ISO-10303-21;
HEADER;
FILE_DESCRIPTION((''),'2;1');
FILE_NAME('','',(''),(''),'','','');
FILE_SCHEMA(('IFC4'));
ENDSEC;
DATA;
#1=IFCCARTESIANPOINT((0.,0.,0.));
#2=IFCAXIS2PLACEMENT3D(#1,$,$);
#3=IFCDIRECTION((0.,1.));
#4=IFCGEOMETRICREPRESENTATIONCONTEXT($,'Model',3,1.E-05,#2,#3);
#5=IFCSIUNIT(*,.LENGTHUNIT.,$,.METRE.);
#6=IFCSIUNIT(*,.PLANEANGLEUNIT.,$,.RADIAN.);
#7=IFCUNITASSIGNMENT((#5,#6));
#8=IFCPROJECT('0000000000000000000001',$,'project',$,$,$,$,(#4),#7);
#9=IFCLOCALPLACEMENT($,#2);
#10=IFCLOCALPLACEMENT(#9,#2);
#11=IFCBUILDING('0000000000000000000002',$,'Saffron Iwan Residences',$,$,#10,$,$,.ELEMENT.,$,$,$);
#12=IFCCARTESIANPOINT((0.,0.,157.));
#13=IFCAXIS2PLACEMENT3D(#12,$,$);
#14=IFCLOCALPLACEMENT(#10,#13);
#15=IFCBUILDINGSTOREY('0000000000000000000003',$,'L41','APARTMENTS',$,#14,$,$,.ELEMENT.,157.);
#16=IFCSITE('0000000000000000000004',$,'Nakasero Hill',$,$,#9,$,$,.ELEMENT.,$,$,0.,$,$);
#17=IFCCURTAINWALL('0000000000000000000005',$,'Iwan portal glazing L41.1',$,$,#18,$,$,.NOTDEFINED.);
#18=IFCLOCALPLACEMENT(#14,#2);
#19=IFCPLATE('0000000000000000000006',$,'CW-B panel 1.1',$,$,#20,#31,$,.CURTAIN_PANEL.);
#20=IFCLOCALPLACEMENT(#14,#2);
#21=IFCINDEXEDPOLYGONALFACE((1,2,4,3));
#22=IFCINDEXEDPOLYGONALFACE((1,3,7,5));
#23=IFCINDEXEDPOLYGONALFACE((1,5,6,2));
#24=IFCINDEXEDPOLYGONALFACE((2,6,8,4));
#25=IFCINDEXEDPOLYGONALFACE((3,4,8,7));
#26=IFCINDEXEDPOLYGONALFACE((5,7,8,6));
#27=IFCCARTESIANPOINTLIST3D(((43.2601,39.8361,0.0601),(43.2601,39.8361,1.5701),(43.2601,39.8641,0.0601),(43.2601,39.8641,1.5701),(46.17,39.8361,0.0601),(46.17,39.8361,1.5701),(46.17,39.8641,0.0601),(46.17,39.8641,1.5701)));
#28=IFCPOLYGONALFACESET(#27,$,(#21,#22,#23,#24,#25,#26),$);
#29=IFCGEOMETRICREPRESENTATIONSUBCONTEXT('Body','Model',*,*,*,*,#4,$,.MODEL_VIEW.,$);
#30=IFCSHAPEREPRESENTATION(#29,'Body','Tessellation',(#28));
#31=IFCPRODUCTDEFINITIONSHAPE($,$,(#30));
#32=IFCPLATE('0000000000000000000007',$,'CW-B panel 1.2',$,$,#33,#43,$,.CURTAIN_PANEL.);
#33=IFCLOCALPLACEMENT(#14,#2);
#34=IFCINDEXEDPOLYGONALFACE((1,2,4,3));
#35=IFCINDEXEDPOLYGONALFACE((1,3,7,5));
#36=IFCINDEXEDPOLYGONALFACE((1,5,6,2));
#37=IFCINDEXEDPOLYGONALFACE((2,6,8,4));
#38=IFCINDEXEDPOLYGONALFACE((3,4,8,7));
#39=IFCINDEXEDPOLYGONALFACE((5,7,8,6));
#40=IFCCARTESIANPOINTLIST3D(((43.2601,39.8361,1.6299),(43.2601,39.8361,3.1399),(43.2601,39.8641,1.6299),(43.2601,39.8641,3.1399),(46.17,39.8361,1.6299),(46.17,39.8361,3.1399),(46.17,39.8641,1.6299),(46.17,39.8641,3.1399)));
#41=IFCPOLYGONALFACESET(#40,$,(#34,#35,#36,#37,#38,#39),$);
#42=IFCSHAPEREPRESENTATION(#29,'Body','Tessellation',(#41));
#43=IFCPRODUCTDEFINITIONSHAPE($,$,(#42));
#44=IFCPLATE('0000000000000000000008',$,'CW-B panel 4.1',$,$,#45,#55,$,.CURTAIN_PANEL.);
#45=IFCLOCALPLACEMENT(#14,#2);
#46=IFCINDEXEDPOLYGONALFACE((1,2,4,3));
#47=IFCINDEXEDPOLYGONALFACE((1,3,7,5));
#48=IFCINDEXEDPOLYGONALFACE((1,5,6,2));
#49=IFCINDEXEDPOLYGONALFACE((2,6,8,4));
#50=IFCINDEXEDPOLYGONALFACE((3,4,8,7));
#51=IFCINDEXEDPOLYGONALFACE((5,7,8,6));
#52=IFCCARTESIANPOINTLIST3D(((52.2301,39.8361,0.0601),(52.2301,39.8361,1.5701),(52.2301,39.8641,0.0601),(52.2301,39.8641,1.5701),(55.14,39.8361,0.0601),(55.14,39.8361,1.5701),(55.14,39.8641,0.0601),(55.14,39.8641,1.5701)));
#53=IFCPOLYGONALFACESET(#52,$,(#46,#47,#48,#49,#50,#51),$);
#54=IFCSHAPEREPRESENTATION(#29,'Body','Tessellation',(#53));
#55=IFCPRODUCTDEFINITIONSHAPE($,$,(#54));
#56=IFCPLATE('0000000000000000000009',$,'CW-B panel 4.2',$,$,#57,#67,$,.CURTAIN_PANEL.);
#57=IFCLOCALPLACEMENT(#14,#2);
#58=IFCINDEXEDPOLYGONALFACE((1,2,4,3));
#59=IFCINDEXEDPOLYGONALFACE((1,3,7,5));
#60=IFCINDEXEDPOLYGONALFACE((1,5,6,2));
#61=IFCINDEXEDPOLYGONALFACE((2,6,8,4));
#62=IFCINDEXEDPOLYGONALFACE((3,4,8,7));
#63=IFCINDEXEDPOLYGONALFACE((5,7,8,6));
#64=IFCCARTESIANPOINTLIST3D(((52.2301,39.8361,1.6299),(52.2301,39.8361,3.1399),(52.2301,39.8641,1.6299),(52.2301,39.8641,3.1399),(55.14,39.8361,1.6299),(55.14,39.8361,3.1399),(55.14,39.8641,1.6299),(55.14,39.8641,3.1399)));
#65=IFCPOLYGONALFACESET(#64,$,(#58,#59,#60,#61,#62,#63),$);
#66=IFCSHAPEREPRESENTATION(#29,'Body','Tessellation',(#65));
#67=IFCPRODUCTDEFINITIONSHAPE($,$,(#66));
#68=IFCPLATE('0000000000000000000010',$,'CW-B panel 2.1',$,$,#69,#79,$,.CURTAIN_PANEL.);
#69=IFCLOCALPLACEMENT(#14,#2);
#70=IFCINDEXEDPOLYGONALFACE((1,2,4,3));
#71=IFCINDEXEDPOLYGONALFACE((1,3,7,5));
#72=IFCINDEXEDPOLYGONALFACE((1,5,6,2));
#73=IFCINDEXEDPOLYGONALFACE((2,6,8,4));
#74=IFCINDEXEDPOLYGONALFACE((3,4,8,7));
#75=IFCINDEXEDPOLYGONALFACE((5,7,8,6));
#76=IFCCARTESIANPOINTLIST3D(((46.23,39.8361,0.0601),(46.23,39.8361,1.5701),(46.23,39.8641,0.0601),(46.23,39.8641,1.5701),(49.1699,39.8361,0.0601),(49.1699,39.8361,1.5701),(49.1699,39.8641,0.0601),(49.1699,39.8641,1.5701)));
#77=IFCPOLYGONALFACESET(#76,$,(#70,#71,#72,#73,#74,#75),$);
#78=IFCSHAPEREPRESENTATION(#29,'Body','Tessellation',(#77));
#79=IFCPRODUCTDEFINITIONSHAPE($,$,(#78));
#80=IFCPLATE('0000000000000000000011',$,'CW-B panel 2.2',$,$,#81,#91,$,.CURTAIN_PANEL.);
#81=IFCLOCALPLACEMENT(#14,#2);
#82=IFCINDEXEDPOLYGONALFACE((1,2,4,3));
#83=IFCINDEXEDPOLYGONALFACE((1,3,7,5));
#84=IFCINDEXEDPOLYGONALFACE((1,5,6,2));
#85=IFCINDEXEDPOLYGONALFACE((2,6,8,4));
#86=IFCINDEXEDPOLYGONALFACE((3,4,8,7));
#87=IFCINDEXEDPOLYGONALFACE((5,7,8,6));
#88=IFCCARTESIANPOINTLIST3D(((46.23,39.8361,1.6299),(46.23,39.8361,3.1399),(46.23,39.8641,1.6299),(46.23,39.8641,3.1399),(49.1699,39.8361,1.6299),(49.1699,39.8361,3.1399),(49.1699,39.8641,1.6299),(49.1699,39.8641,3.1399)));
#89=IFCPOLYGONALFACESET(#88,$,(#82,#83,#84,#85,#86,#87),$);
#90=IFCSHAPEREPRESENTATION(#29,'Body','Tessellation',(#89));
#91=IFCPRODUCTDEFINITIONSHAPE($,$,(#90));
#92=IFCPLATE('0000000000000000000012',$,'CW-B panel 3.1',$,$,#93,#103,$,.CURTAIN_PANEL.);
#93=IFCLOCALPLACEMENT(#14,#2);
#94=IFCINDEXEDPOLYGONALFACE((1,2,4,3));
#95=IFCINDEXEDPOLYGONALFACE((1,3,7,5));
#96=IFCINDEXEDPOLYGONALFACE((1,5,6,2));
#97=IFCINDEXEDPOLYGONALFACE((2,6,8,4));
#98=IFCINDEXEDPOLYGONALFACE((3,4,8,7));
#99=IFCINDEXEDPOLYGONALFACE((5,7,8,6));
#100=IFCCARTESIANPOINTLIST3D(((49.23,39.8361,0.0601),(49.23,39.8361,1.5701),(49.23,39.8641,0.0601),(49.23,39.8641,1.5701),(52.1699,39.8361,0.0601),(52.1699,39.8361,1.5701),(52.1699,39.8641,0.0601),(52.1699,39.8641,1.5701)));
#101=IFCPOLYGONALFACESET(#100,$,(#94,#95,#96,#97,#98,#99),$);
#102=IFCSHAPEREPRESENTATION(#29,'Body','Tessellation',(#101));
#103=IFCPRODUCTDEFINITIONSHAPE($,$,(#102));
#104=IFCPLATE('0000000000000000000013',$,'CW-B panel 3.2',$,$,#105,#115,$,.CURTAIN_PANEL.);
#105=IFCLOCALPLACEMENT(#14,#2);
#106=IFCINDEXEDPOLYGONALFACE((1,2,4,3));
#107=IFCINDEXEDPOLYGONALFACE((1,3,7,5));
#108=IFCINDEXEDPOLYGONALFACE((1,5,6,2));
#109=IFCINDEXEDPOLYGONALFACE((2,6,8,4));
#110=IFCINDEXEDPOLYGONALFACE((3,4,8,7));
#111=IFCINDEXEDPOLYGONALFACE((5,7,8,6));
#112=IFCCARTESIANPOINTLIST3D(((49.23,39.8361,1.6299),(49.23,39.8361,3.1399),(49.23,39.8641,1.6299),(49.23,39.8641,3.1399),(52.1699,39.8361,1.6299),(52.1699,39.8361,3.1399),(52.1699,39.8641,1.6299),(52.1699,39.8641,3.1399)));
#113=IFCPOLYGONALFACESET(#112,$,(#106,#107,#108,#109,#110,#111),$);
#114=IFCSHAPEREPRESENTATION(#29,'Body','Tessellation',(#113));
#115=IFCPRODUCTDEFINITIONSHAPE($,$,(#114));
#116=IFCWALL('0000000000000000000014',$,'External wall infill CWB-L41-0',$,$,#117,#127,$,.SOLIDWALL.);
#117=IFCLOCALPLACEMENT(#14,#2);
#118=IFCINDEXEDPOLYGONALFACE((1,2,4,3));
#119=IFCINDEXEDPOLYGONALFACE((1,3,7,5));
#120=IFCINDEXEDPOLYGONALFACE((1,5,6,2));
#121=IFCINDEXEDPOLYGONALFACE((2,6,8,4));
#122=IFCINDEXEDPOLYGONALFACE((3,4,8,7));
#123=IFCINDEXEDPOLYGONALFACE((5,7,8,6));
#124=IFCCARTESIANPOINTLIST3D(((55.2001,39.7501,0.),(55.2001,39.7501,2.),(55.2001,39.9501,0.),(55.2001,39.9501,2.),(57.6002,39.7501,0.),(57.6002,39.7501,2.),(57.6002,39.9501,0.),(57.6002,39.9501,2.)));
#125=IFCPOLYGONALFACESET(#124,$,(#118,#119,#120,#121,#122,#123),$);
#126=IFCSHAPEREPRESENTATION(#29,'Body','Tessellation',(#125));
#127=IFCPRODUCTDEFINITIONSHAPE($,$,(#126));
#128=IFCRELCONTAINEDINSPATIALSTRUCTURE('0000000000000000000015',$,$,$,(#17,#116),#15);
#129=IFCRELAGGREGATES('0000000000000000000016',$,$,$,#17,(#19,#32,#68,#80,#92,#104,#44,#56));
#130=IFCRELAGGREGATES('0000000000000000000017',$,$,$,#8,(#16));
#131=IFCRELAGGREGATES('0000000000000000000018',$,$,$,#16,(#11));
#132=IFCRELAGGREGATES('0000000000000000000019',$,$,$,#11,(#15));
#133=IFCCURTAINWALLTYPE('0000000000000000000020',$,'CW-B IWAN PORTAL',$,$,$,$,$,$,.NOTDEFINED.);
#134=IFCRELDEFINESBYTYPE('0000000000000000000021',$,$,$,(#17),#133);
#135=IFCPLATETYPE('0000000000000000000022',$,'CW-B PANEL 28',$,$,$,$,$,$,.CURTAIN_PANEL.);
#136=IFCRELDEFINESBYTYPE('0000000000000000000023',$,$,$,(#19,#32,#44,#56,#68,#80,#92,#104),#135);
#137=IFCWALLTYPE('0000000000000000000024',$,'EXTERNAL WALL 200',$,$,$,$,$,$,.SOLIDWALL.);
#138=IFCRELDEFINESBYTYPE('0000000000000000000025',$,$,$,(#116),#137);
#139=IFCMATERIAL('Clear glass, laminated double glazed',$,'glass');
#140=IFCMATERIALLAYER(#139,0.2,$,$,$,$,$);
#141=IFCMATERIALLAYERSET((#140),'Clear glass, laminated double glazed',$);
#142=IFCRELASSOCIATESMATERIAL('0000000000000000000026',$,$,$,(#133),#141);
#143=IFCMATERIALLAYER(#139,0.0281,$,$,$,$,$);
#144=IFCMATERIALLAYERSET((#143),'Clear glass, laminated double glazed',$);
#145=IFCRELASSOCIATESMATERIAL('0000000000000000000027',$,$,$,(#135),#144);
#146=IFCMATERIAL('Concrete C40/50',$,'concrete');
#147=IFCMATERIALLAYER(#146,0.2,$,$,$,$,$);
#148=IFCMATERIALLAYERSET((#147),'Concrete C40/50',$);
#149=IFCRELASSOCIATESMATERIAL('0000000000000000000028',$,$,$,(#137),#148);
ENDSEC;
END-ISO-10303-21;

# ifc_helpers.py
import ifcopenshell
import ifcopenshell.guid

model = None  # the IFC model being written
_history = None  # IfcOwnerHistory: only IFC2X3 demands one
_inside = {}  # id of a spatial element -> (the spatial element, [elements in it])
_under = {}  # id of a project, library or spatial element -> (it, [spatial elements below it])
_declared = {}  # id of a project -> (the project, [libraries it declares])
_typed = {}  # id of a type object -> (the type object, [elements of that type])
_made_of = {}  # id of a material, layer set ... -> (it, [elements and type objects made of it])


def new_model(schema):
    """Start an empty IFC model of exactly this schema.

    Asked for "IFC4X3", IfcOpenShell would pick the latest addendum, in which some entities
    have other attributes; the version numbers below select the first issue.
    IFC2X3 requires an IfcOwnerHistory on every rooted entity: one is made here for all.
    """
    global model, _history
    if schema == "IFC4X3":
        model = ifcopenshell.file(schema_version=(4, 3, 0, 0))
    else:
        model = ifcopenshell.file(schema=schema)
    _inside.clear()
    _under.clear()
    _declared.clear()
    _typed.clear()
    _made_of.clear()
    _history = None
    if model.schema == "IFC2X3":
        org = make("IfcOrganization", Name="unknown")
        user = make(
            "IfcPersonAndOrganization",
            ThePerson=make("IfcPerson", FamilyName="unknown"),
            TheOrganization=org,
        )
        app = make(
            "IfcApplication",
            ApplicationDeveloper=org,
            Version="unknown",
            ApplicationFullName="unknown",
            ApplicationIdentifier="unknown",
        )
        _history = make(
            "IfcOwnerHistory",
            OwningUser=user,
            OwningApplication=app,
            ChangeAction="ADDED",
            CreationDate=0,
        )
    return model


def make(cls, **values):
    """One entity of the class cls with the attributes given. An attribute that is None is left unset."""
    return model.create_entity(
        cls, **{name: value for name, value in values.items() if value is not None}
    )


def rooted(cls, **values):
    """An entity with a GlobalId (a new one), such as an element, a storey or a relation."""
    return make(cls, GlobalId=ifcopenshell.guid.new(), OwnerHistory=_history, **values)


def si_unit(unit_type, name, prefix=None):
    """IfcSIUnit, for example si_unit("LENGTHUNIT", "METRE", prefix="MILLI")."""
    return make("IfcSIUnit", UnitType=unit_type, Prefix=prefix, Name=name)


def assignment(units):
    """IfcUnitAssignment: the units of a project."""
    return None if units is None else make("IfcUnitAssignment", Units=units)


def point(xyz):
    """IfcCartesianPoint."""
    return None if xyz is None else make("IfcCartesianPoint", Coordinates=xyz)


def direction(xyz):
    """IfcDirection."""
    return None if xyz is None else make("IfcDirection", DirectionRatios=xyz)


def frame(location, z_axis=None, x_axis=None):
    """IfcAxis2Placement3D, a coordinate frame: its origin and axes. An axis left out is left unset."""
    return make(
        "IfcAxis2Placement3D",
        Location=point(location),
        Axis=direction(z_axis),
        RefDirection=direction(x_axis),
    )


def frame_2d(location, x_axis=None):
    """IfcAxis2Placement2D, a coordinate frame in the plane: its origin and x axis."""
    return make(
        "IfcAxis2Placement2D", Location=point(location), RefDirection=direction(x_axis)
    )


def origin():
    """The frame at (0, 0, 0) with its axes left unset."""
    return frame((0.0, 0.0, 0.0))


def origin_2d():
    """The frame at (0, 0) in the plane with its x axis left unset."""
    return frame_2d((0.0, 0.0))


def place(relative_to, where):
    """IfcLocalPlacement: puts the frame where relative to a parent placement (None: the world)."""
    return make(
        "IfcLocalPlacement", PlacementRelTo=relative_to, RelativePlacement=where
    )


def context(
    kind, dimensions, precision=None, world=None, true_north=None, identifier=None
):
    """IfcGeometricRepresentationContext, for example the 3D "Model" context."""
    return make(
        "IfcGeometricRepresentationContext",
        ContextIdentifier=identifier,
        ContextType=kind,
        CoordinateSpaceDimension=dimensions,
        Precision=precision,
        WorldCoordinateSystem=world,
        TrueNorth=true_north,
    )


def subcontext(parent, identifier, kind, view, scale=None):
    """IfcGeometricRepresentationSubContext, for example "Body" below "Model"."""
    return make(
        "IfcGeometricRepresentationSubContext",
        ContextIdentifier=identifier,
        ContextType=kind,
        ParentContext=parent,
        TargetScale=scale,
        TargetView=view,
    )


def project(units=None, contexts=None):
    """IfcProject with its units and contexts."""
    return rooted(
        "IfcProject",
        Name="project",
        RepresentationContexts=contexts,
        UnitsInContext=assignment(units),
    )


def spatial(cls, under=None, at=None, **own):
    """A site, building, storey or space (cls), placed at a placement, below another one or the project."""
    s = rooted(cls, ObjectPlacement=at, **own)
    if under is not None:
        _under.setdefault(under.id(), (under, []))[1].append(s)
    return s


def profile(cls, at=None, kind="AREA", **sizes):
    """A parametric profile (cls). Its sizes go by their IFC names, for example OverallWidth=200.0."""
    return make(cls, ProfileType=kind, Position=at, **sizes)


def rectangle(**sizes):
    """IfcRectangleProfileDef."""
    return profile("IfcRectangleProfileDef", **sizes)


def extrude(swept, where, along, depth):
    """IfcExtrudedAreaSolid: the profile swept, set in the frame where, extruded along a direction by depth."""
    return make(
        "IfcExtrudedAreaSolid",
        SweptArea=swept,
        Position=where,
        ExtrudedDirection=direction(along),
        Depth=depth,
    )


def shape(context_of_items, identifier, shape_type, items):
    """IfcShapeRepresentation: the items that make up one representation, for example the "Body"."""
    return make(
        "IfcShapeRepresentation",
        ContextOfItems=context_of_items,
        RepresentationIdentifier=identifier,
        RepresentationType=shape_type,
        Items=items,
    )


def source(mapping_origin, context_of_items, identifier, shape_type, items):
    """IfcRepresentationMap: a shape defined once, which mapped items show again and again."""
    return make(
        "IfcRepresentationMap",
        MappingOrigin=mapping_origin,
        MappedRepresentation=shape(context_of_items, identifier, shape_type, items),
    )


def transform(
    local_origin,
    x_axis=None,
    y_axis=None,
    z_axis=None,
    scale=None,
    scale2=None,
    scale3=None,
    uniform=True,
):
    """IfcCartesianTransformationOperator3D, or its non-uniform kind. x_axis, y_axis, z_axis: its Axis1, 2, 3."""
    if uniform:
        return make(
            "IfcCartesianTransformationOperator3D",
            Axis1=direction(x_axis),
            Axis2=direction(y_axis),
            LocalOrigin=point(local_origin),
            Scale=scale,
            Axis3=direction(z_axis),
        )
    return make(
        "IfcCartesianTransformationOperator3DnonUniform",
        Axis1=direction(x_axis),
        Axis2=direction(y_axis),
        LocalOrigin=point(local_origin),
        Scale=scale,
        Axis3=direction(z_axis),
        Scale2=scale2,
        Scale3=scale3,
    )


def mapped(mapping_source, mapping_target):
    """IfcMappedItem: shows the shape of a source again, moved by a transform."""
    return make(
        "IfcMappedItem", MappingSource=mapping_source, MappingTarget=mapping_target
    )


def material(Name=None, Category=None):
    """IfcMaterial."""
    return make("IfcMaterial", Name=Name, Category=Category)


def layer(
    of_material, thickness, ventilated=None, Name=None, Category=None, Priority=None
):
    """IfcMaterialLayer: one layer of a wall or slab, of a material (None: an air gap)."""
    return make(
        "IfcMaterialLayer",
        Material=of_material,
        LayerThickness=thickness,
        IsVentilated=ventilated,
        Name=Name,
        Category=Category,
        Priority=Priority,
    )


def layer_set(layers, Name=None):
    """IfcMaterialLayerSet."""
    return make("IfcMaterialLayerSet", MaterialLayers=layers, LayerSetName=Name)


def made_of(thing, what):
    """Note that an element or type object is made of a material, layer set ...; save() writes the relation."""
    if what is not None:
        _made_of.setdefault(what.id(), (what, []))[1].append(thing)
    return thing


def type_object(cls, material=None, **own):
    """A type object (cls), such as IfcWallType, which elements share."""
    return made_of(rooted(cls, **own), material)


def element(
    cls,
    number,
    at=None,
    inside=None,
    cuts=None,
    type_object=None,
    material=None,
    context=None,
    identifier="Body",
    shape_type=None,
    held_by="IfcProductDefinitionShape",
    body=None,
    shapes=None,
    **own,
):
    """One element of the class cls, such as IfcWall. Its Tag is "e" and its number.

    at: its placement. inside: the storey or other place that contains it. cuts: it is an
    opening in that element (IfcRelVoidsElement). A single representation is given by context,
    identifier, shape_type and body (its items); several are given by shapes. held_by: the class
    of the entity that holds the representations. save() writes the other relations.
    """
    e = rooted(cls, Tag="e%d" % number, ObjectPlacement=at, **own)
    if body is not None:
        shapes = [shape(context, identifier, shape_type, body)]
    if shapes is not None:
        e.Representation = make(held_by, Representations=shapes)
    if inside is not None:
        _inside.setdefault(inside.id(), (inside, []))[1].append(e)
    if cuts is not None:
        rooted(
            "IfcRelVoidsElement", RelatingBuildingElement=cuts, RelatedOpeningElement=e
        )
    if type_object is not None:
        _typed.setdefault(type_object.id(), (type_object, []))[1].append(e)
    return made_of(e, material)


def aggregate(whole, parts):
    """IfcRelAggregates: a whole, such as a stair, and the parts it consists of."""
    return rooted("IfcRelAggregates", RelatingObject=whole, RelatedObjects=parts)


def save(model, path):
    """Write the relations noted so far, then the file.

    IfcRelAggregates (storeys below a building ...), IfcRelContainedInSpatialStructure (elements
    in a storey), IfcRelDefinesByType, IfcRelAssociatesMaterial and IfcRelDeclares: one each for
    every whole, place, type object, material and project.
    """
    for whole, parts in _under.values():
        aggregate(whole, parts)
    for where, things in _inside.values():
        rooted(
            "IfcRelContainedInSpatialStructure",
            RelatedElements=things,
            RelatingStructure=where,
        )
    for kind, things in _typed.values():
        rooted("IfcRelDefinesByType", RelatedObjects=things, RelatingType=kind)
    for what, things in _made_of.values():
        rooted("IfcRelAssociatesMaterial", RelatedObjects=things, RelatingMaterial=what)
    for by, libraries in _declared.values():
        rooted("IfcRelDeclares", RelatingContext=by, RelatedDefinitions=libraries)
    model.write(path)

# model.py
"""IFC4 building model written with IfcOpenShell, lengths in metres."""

from ifc_helpers import new_model, si_unit, direction, frame, frame_2d, origin, origin_2d, place, context, subcontext, project, spatial, rectangle, extrude, source, transform, mapped, material, layer, layer_set, type_object, element, aggregate, save


model = new_model("IFC4")

# Units and contexts
model_context = context("Model", 3, precision=1e-05, world=origin(), true_north=direction((0.0, 1.0)))
body_context = subcontext(model_context, "Body", "Model", "MODEL_VIEW")
ifc_project = project(units=[si_unit("LENGTHUNIT", "METRE"), si_unit("PLANEANGLEUNIT", "RADIAN")], contexts=[model_context])

# Site, building, storey
site_placement = place(None, origin())
site = spatial("IfcSite", under=ifc_project, at=site_placement, Name="Nakasero Hill", CompositionType="ELEMENT", RefElevation=0.0)
building_placement = place(site_placement, origin())
building = spatial("IfcBuilding", under=site, at=building_placement, Name="Saffron Iwan Residences", CompositionType="ELEMENT")
storey_placement = place(building_placement, frame((0.0, 0.0, 157.0)))
storey = spatial("IfcBuildingStorey", under=building, at=storey_placement, Name="L41", Description="APARTMENTS", CompositionType="ELEMENT", Elevation=157.0)

# Curtain wall, plates
ifc_material_1 = material(Name="Clear glass, laminated double glazed", Category="glass")
ifc_layer_1 = layer(ifc_material_1, 0.2)
ifc_layer_set_1 = layer_set([ifc_layer_1], Name="Clear glass, laminated double glazed")
curtain_wall_type = type_object("IfcCurtainWallType", Name="CW-B IWAN PORTAL", PredefinedType="NOTDEFINED", material=ifc_layer_set_1)
curtain_wall_placement = place(storey_placement, origin())
curtain_wall = element("IfcCurtainWall", 1, at=curtain_wall_placement, inside=storey, type_object=curtain_wall_type, Name="Iwan portal glazing L41.1", PredefinedType="NOTDEFINED")
ifc_layer_2 = layer(ifc_material_1, 0.0281)
ifc_layer_set_2 = layer_set([ifc_layer_2], Name="Clear glass, laminated double glazed")
plate_type = type_object("IfcPlateType", Name="CW-B PANEL 28", PredefinedType="CURTAIN_PANEL", material=ifc_layer_set_2)
shared_shape_1 = source(origin(), body_context, "Body", "SweptSolid", [
    extrude(rectangle(XDim=2.9099, YDim=0.0281, at=origin_2d()), origin(), (0.0, 0.0, 1.0), 1.51),
])
plate_1_placement = place(storey_placement, frame((44.7151, 39.8501, 0.0601), z_axis=(0.0, 0.0, 1.0), x_axis=(1.0, 0.0, 0.0)))
plate_1 = element("IfcPlate", 2, at=plate_1_placement, type_object=plate_type, Name="CW-B panel 1.1", PredefinedType="CURTAIN_PANEL", context=body_context, shape_type="MappedRepresentation", body=[
    mapped(shared_shape_1, transform((0.0, 0.0, 0.0))),
])
plate_2_placement = place(storey_placement, frame((44.7151, 39.8501, 1.6299), z_axis=(0.0, 0.0, 1.0), x_axis=(1.0, 0.0, 0.0)))
plate_2 = element("IfcPlate", 3, at=plate_2_placement, type_object=plate_type, Name="CW-B panel 1.2", PredefinedType="CURTAIN_PANEL", context=body_context, shape_type="MappedRepresentation", body=[
    mapped(shared_shape_1, transform((0.0, 0.0, 0.0))),
])
plate_3_placement = place(storey_placement, frame((53.6851, 39.8501, 0.0601), z_axis=(0.0, 0.0, 1.0), x_axis=(1.0, 0.0, 0.0)))
plate_3 = element("IfcPlate", 4, at=plate_3_placement, type_object=plate_type, Name="CW-B panel 4.1", PredefinedType="CURTAIN_PANEL", context=body_context, shape_type="MappedRepresentation", body=[
    mapped(shared_shape_1, transform((0.0, 0.0, 0.0))),
])
plate_4_placement = place(storey_placement, frame((53.6851, 39.8501, 1.6299), z_axis=(0.0, 0.0, 1.0), x_axis=(1.0, 0.0, 0.0)))
plate_4 = element("IfcPlate", 5, at=plate_4_placement, type_object=plate_type, Name="CW-B panel 4.2", PredefinedType="CURTAIN_PANEL", context=body_context, shape_type="MappedRepresentation", body=[
    mapped(shared_shape_1, transform((0.0, 0.0, 0.0))),
])
shared_shape_2 = source(origin(), body_context, "Body", "SweptSolid", [
    extrude(rectangle(XDim=2.9399, YDim=0.0281, at=origin_2d()), origin(), (0.0, 0.0, 1.0), 1.51),
])
plate_5_placement = place(storey_placement, frame((47.7, 39.8501, 0.0601), z_axis=(0.0, 0.0, 1.0), x_axis=(1.0, 0.0, 0.0)))
plate_5 = element("IfcPlate", 6, at=plate_5_placement, type_object=plate_type, Name="CW-B panel 2.1", PredefinedType="CURTAIN_PANEL", context=body_context, shape_type="MappedRepresentation", body=[
    mapped(shared_shape_2, transform((0.0, 0.0, 0.0))),
])
plate_6_placement = place(storey_placement, frame((47.7, 39.8501, 1.6299), z_axis=(0.0, 0.0, 1.0), x_axis=(1.0, 0.0, 0.0)))
plate_6 = element("IfcPlate", 7, at=plate_6_placement, type_object=plate_type, Name="CW-B panel 2.2", PredefinedType="CURTAIN_PANEL", context=body_context, shape_type="MappedRepresentation", body=[
    mapped(shared_shape_2, transform((0.0, 0.0, 0.0))),
])
plate_7_placement = place(storey_placement, frame((50.7, 39.8501, 0.0601), z_axis=(0.0, 0.0, 1.0), x_axis=(1.0, 0.0, 0.0)))
plate_7 = element("IfcPlate", 8, at=plate_7_placement, type_object=plate_type, Name="CW-B panel 3.1", PredefinedType="CURTAIN_PANEL", context=body_context, shape_type="MappedRepresentation", body=[
    mapped(shared_shape_2, transform((0.0, 0.0, 0.0))),
])
plate_8_placement = place(storey_placement, frame((50.7, 39.8501, 1.6299), z_axis=(0.0, 0.0, 1.0), x_axis=(1.0, 0.0, 0.0)))
plate_8 = element("IfcPlate", 9, at=plate_8_placement, type_object=plate_type, Name="CW-B panel 3.2", PredefinedType="CURTAIN_PANEL", context=body_context, shape_type="MappedRepresentation", body=[
    mapped(shared_shape_2, transform((0.0, 0.0, 0.0))),
])
aggregate(curtain_wall, [plate_1, plate_2, plate_5, plate_6, plate_7, plate_8, plate_3, plate_4])

# Wall
ifc_material_2 = material(Name="Concrete C40/50", Category="concrete")
ifc_layer_3 = layer(ifc_material_2, 0.2)
ifc_layer_set_3 = layer_set([ifc_layer_3], Name="Concrete C40/50")
wall_type = type_object("IfcWallType", Name="EXTERNAL WALL 200", PredefinedType="SOLIDWALL", material=ifc_layer_set_3)
wall_placement = place(storey_placement, frame((55.2, 39.8501, 0.0), z_axis=(0.0, 0.0, 1.0), x_axis=(1.0, 0.0, 0.0)))
element("IfcWall", 10, at=wall_placement, inside=storey, type_object=wall_type, Name="External wall infill CWB-L41-0", PredefinedType="SOLIDWALL", context=body_context, shape_type="SweptSolid", body=[
    extrude(rectangle(XDim=2.4001, YDim=0.2, at=frame_2d((1.2002, 0.0))), origin(), (0.0, 0.0, 1.0), 2.0),
])

save(model, "model.ifc")
